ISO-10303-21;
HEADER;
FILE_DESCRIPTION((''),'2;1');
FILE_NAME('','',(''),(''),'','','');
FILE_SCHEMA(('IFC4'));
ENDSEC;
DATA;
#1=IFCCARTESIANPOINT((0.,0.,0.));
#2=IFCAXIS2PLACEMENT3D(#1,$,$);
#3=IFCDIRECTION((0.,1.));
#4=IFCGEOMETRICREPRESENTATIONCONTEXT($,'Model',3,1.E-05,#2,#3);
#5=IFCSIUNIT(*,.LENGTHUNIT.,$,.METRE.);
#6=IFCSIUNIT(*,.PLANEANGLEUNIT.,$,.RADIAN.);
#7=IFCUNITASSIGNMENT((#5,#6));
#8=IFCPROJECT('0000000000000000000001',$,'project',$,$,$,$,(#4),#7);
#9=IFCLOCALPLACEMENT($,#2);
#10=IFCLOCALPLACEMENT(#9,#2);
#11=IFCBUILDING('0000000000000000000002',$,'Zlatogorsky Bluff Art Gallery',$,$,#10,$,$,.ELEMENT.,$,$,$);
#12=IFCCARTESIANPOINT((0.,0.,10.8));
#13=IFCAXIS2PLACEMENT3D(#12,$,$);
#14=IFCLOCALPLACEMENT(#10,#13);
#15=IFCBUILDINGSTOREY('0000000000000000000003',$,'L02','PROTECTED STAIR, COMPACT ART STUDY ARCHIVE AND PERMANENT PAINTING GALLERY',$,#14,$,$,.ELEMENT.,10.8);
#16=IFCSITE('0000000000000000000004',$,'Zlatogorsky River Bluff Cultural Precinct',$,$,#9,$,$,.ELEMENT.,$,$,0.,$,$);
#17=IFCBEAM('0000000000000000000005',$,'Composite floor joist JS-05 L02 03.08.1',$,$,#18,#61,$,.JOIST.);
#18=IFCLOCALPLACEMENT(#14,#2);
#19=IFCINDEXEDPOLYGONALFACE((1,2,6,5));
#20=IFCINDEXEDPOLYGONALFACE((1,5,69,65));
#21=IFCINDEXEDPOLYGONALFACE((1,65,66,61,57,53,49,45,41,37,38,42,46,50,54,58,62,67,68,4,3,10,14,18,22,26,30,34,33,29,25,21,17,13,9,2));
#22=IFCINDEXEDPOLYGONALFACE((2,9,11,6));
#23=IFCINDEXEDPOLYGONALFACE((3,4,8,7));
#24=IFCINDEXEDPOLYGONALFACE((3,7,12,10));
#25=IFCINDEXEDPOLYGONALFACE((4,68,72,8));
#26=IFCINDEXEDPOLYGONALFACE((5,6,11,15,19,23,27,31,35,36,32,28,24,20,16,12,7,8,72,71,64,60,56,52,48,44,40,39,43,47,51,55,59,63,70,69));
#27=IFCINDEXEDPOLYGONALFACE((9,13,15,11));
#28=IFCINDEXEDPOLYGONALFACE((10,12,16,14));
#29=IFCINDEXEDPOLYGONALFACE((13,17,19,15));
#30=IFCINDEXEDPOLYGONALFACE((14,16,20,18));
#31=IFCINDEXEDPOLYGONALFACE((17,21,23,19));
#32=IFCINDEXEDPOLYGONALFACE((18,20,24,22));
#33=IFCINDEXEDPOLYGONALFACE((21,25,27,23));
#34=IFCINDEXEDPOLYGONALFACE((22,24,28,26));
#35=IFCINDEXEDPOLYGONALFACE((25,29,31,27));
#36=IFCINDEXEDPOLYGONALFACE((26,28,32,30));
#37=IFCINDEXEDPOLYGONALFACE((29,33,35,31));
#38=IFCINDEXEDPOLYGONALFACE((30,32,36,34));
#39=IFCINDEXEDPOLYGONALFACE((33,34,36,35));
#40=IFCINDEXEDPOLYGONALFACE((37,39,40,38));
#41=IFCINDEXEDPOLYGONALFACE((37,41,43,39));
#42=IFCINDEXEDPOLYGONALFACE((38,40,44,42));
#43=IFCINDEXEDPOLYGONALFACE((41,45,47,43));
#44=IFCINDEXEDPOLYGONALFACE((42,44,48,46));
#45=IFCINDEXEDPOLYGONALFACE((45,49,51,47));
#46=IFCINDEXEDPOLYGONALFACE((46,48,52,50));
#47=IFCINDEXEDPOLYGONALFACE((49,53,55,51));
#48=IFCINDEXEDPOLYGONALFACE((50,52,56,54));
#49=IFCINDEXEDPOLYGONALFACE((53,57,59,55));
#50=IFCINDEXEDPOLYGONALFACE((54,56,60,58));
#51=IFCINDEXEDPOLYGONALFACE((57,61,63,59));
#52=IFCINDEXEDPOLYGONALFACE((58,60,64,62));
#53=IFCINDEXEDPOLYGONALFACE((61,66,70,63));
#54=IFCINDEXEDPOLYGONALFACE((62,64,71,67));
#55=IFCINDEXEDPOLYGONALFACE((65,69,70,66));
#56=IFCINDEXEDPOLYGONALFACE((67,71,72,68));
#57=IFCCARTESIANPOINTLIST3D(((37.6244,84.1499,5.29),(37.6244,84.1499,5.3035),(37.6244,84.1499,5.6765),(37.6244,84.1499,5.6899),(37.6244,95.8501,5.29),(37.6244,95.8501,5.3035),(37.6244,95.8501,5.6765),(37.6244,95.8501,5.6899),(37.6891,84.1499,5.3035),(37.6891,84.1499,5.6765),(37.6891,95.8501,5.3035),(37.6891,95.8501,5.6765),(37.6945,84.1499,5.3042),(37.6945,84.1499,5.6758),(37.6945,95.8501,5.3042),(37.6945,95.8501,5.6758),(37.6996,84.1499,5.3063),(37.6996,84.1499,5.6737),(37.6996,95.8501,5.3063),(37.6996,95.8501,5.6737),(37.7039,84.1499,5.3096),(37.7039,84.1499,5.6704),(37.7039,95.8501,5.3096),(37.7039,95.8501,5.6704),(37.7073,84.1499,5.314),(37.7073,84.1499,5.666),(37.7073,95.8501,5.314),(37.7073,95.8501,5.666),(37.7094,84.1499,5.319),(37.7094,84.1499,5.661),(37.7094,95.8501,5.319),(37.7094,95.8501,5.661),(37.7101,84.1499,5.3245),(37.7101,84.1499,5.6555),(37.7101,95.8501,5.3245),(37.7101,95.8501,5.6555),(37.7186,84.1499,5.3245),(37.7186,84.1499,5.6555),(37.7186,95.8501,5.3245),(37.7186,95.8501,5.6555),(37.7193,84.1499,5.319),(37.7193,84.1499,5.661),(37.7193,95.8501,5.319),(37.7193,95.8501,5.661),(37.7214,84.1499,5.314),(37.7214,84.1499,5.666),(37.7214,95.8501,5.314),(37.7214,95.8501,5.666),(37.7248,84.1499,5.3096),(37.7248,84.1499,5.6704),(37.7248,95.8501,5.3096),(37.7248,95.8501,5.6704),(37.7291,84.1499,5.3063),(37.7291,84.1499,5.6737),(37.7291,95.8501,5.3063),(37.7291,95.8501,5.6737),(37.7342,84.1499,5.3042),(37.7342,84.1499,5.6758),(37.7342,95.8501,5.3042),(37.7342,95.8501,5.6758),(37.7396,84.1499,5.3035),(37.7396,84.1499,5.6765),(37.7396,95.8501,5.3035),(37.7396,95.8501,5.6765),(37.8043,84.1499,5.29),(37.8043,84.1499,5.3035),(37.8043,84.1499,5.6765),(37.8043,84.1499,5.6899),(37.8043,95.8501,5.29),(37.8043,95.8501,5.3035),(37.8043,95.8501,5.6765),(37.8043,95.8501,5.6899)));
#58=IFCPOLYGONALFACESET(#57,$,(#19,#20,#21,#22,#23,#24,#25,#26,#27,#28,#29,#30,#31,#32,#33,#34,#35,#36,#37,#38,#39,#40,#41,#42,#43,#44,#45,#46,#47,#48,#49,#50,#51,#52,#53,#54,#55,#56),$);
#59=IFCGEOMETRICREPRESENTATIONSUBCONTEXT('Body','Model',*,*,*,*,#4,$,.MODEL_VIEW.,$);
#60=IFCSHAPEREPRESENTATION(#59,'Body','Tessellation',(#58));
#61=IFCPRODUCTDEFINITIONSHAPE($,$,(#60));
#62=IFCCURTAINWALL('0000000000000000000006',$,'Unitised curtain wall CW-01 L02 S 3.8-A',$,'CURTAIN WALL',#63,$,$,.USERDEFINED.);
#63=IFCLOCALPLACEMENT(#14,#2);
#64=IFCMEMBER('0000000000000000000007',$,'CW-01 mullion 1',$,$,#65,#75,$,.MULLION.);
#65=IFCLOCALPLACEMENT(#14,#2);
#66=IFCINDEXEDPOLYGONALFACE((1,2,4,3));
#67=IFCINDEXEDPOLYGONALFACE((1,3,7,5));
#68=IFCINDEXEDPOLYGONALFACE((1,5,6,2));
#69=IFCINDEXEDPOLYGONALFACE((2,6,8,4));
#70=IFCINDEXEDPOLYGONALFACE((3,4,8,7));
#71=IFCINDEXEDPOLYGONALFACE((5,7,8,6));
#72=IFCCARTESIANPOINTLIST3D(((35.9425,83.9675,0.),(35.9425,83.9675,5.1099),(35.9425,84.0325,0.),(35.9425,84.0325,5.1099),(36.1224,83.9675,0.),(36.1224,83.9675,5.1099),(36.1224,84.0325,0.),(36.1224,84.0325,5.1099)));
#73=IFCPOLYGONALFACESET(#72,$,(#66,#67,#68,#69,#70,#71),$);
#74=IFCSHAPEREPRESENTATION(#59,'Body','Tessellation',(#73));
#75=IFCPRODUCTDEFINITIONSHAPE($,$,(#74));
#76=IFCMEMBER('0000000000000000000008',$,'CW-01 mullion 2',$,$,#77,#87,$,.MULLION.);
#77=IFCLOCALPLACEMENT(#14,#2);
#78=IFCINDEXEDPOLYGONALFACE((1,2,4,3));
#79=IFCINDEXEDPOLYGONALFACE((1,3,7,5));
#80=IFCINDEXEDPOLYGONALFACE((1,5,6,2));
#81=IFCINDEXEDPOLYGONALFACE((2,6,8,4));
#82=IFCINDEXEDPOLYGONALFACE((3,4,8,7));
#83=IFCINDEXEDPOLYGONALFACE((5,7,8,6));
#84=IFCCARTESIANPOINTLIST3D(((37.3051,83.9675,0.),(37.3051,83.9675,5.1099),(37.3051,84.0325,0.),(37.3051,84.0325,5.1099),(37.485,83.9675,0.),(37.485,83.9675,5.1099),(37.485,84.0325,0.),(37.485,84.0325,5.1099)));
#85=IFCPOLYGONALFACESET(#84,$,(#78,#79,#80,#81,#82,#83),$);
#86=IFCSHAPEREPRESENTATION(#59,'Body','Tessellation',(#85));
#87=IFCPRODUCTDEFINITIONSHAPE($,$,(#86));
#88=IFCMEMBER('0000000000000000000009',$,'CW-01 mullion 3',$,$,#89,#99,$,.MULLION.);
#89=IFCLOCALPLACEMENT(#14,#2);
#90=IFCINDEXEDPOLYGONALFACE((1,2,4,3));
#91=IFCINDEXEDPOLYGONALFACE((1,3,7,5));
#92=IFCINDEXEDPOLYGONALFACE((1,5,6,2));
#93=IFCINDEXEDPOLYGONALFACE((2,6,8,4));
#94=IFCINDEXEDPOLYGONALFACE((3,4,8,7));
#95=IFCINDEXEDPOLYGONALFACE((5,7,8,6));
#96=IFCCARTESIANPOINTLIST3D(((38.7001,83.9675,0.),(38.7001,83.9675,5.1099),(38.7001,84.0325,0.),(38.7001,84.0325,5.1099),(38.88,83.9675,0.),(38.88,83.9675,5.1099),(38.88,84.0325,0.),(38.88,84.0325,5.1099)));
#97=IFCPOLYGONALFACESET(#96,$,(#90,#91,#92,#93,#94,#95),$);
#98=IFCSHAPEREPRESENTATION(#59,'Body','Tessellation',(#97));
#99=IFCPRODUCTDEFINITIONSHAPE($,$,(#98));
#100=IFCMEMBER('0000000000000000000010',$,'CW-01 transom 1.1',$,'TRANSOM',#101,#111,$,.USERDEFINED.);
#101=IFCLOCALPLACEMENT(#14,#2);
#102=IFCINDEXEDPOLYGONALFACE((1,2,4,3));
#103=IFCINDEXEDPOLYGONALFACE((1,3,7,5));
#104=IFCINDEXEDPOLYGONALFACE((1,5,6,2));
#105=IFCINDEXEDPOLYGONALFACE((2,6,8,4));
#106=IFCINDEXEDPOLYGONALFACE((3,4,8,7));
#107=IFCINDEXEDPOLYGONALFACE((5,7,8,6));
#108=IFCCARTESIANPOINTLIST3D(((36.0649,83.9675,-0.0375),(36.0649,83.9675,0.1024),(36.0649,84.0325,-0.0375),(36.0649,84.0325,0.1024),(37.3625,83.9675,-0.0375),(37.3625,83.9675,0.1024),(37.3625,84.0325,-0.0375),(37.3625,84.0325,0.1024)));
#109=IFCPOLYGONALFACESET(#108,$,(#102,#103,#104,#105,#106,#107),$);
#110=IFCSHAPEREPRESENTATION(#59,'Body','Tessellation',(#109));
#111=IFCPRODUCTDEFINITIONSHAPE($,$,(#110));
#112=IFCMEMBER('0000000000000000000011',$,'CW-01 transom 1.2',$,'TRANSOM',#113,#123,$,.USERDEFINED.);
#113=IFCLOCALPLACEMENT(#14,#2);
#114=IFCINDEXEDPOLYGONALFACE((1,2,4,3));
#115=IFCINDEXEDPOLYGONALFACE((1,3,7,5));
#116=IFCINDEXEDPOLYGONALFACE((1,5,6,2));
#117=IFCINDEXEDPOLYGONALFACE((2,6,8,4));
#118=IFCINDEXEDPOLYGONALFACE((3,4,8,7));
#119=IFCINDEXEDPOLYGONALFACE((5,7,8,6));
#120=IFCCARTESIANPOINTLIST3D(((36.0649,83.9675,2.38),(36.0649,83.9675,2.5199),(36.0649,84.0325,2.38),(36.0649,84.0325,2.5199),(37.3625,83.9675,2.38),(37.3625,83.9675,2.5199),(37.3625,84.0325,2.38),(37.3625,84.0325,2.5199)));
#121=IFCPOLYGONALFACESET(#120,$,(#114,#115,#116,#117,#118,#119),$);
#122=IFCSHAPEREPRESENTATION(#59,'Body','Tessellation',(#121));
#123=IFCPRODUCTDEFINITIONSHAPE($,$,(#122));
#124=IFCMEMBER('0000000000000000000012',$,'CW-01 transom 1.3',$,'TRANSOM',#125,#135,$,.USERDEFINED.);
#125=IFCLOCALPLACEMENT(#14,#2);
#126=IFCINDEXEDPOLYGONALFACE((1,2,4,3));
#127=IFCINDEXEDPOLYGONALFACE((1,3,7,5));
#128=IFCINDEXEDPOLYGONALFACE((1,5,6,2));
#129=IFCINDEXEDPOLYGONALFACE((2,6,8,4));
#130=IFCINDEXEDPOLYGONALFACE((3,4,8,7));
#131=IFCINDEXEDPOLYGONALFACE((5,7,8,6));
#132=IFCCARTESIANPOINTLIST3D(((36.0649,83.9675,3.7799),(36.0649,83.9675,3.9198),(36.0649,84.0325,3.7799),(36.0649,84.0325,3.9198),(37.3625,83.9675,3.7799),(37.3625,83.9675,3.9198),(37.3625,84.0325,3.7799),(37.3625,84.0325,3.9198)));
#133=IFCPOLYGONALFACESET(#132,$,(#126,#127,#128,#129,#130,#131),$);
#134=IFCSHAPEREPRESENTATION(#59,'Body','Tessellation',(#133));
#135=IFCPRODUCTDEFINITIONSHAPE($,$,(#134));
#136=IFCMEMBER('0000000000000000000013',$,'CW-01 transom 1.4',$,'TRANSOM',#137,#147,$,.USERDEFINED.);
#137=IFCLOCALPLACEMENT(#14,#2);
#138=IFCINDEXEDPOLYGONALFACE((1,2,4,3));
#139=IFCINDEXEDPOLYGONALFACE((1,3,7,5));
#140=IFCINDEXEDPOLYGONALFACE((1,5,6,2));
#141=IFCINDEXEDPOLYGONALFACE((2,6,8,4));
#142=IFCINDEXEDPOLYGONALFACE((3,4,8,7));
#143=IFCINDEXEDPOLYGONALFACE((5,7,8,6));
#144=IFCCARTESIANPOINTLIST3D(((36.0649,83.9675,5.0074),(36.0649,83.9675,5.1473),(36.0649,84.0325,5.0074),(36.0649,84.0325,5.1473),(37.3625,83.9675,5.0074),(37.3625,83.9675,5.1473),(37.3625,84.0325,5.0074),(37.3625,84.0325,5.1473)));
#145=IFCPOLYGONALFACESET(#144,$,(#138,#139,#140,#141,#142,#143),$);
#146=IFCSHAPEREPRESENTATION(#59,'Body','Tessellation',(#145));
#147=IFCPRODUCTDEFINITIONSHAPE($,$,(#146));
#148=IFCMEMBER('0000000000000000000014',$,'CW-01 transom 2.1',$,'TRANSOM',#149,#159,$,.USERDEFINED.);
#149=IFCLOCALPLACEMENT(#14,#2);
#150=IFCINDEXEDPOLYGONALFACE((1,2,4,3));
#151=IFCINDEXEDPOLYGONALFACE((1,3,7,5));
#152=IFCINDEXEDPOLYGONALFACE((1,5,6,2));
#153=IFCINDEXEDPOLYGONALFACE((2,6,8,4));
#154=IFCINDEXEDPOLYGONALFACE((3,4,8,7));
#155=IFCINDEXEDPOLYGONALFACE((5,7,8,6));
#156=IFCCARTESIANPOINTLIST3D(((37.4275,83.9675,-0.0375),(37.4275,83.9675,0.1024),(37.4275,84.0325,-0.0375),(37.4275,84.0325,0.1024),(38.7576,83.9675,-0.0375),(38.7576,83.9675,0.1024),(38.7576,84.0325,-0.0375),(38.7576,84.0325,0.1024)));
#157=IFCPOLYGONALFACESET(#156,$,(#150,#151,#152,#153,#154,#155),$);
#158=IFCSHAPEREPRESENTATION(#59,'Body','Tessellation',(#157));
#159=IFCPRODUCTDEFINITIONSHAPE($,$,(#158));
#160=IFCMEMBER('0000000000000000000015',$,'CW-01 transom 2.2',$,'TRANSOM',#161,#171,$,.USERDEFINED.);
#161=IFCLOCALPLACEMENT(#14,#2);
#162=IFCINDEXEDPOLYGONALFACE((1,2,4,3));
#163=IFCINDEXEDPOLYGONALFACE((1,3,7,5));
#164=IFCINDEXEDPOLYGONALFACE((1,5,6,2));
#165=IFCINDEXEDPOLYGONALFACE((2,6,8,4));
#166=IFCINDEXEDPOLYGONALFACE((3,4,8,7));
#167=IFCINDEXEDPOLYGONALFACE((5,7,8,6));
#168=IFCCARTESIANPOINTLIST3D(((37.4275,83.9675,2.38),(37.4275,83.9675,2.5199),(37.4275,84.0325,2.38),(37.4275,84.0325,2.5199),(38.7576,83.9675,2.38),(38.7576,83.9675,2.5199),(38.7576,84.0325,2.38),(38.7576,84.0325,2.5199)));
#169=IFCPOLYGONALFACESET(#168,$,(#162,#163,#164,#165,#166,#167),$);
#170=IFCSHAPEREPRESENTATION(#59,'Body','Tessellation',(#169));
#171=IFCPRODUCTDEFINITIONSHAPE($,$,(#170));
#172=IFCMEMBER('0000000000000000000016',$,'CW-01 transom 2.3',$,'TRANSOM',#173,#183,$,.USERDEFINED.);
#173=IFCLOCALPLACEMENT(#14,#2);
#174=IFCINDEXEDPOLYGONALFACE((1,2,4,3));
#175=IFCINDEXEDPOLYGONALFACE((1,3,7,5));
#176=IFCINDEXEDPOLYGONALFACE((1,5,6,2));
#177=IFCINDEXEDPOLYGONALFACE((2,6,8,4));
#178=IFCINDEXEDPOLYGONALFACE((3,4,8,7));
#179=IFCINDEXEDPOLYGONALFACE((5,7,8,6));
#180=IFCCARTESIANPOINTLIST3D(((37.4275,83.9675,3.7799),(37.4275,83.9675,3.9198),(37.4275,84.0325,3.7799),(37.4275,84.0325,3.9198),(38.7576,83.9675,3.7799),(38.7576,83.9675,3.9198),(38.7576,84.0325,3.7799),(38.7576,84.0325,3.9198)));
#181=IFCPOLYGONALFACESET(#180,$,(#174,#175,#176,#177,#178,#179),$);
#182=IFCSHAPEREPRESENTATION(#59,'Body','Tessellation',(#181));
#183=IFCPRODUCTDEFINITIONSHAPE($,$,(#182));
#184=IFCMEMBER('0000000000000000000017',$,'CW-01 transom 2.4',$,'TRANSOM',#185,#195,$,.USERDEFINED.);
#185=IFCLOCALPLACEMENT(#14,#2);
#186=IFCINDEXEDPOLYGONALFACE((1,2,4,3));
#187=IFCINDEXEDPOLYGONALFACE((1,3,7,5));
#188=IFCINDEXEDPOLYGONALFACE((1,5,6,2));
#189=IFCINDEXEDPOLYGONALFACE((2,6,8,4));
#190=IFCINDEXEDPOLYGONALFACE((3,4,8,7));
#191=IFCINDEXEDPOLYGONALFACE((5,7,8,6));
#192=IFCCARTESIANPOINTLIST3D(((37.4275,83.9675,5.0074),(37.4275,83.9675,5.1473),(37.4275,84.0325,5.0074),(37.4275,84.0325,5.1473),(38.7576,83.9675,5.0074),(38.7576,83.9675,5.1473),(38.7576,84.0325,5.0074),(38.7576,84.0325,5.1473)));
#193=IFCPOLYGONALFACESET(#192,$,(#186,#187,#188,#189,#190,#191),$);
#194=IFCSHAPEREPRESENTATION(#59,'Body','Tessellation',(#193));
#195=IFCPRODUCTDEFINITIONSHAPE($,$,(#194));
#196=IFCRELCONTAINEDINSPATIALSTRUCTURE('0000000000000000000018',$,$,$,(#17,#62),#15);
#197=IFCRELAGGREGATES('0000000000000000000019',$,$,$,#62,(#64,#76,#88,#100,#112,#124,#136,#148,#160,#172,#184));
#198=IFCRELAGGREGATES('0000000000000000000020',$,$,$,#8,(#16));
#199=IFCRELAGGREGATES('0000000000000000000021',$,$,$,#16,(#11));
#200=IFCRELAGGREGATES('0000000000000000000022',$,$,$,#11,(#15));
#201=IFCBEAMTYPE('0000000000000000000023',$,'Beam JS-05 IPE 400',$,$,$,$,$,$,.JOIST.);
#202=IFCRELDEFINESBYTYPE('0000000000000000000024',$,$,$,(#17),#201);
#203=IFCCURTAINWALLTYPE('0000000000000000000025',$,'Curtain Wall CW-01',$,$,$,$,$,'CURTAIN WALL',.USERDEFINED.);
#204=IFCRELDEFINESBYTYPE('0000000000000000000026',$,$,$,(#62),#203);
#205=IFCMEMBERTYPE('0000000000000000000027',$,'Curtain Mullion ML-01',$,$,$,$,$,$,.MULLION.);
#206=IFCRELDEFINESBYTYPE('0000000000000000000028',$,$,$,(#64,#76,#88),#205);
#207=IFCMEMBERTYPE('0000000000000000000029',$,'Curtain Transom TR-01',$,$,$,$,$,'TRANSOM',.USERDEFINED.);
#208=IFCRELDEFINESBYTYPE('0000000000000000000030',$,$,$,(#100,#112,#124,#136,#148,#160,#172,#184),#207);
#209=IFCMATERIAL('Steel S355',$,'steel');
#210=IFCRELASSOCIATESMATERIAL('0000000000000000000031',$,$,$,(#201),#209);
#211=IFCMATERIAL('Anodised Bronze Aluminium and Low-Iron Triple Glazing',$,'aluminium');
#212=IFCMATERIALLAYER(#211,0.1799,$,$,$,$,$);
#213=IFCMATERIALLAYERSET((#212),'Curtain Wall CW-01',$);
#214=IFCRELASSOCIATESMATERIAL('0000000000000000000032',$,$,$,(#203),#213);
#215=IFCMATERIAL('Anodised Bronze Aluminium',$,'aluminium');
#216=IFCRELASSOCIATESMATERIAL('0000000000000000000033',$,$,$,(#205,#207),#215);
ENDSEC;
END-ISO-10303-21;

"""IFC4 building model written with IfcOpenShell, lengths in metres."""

from ifc_helpers import new_model, si_unit, direction, frame, origin, origin_2d, place, context, subcontext, project, spatial, rectangle, i_section, extrude, material, layer, layer_set, material_profile, profile_set, type_object, element, aggregate, save


model = new_model("IFC4")

# Units and contexts
model_context = context("Model", 3, precision=1e-05, world=origin(), true_north=direction((0.0, 1.0)))
body_context = subcontext(model_context, "Body", "Model", "MODEL_VIEW")
ifc_project = project(units=[si_unit("LENGTHUNIT", "METRE"), si_unit("PLANEANGLEUNIT", "RADIAN")], contexts=[model_context])

# Site, building, storey
site_placement = place(None, origin())
site = spatial("IfcSite", under=ifc_project, at=site_placement, Name="Zlatogorsky River Bluff Cultural Precinct", CompositionType="ELEMENT", RefElevation=0.0)
building_placement = place(site_placement, origin())
building = spatial("IfcBuilding", under=site, at=building_placement, Name="Zlatogorsky Bluff Art Gallery", CompositionType="ELEMENT")
storey_placement = place(building_placement, frame((0.0, 0.0, 10.8)))
storey = spatial("IfcBuildingStorey", under=building, at=storey_placement, Name="L02", Description="PROTECTED STAIR, COMPACT ART STUDY ARCHIVE AND PERMANENT PAINTING GALLERY", CompositionType="ELEMENT", Elevation=10.8)

# Beam
ifc_material_1 = material(Name="Steel S355", Category="steel")
ifc_material_profile_1 = material_profile(ifc_material_1, i_section(OverallWidth=0.1799, OverallDepth=0.3999, WebThickness=0.0085, FlangeThickness=0.0134, FilletRadius=0.021, at=origin_2d()), Name="IPE 400")
ifc_profile_set_1 = profile_set([ifc_material_profile_1], Name="Steel S355")
beam_type = type_object("IfcBeamType", Name="Beam JS-05 IPE 400", PredefinedType="JOIST", material=ifc_profile_set_1)
beam_placement = place(storey_placement, frame((37.7144, 84.1499, 5.49), z_axis=(0.0, 1.0, 0.0), x_axis=(-1.0, 0.0, 0.0)))
element("IfcBeam", 1, at=beam_placement, inside=storey, type_object=beam_type, Name="Composite floor joist JS-05 L02 03.08.1", PredefinedType="JOIST", context=body_context, shape_type="SweptSolid", body=[
    extrude(i_section(OverallWidth=0.1799, OverallDepth=0.3999, WebThickness=0.0085, FlangeThickness=0.0134, FilletRadius=0.021, at=origin_2d()), origin(), (0.0, 0.0, 1.0), 11.7002),
])

# Curtain wall, members
ifc_material_2 = material(Name="Anodised Bronze Aluminium and Low-Iron Triple Glazing", Category="aluminium")
ifc_layer_1 = layer(ifc_material_2, 0.1799)
ifc_layer_set_1 = layer_set([ifc_layer_1], Name="Curtain Wall CW-01")
curtain_wall_type = type_object("IfcCurtainWallType", Name="Curtain Wall CW-01", ElementType="CURTAIN WALL", PredefinedType="USERDEFINED", material=ifc_layer_set_1)
curtain_wall_placement = place(storey_placement, origin())
curtain_wall = element("IfcCurtainWall", 2, at=curtain_wall_placement, inside=storey, type_object=curtain_wall_type, Name="Unitised curtain wall CW-01 L02 S 3.8-A", ObjectType="CURTAIN WALL", PredefinedType="USERDEFINED")
ifc_material_3 = material(Name="Anodised Bronze Aluminium", Category="aluminium")
ifc_material_profile_2 = material_profile(ifc_material_3, rectangle(XDim=0.0649, YDim=0.1799, at=origin_2d()), Name="ALU MULLION 65x180")
ifc_profile_set_2 = profile_set([ifc_material_profile_2], Name="Anodised Bronze Aluminium")
member_type_1 = type_object("IfcMemberType", Name="Curtain Mullion ML-01", PredefinedType="MULLION", material=ifc_profile_set_2)
member_1_placement = place(storey_placement, frame((36.0325, 84.0, 0.0), z_axis=(0.0, 0.0, 1.0), x_axis=(0.0, 1.0, 0.0)))
member_1 = element("IfcMember", 3, at=member_1_placement, type_object=member_type_1, Name="CW-01 mullion 1", PredefinedType="MULLION", context=body_context, shape_type="SweptSolid", body=[
    extrude(rectangle(XDim=0.0649, YDim=0.1799, at=origin_2d()), origin(), (0.0, 0.0, 1.0), 5.1099),
])
member_2_placement = place(storey_placement, frame((37.395, 84.0, 0.0), z_axis=(0.0, 0.0, 1.0), x_axis=(0.0, 1.0, 0.0)))
member_2 = element("IfcMember", 4, at=member_2_placement, type_object=member_type_1, Name="CW-01 mullion 2", PredefinedType="MULLION", context=body_context, shape_type="SweptSolid", body=[
    extrude(rectangle(XDim=0.0649, YDim=0.1799, at=origin_2d()), origin(), (0.0, 0.0, 1.0), 5.1099),
])
member_3_placement = place(storey_placement, frame((38.79, 84.0, 0.0), z_axis=(0.0, 0.0, 1.0), x_axis=(0.0, 1.0, 0.0)))
member_3 = element("IfcMember", 5, at=member_3_placement, type_object=member_type_1, Name="CW-01 mullion 3", PredefinedType="MULLION", context=body_context, shape_type="SweptSolid", body=[
    extrude(rectangle(XDim=0.0649, YDim=0.1799, at=origin_2d()), origin(), (0.0, 0.0, 1.0), 5.1099),
])
ifc_material_profile_3 = material_profile(ifc_material_3, rectangle(XDim=0.0649, YDim=0.1399, at=origin_2d()), Name="ALU TRANSOM 65x140")
ifc_profile_set_3 = profile_set([ifc_material_profile_3], Name="Anodised Bronze Aluminium")
member_type_2 = type_object("IfcMemberType", Name="Curtain Transom TR-01", ElementType="TRANSOM", PredefinedType="USERDEFINED", material=ifc_profile_set_3)
member_4_placement = place(storey_placement, frame((36.0649, 84.0, 0.0325), z_axis=(1.0, 0.0, 0.0), x_axis=(0.0, 1.0, 0.0)))
member_4 = element("IfcMember", 6, at=member_4_placement, type_object=member_type_2, Name="CW-01 transom 1.1", ObjectType="TRANSOM", PredefinedType="USERDEFINED", context=body_context, shape_type="SweptSolid", body=[
    extrude(rectangle(XDim=0.0649, YDim=0.1399, at=origin_2d()), origin(), (0.0, 0.0, 1.0), 1.2976),
])
member_5_placement = place(storey_placement, frame((36.0649, 84.0, 2.45), z_axis=(1.0, 0.0, 0.0), x_axis=(0.0, 1.0, 0.0)))
member_5 = element("IfcMember", 7, at=member_5_placement, type_object=member_type_2, Name="CW-01 transom 1.2", ObjectType="TRANSOM", PredefinedType="USERDEFINED", context=body_context, shape_type="SweptSolid", body=[
    extrude(rectangle(XDim=0.0649, YDim=0.1399, at=origin_2d()), origin(), (0.0, 0.0, 1.0), 1.2976),
])
member_6_placement = place(storey_placement, frame((36.0649, 84.0, 3.8499), z_axis=(1.0, 0.0, 0.0), x_axis=(0.0, 1.0, 0.0)))
member_6 = element("IfcMember", 8, at=member_6_placement, type_object=member_type_2, Name="CW-01 transom 1.3", ObjectType="TRANSOM", PredefinedType="USERDEFINED", context=body_context, shape_type="SweptSolid", body=[
    extrude(rectangle(XDim=0.0649, YDim=0.1399, at=origin_2d()), origin(), (0.0, 0.0, 1.0), 1.2976),
])
member_7_placement = place(storey_placement, frame((36.0649, 84.0, 5.0774), z_axis=(1.0, 0.0, 0.0), x_axis=(0.0, 1.0, 0.0)))
member_7 = element("IfcMember", 9, at=member_7_placement, type_object=member_type_2, Name="CW-01 transom 1.4", ObjectType="TRANSOM", PredefinedType="USERDEFINED", context=body_context, shape_type="SweptSolid", body=[
    extrude(rectangle(XDim=0.0649, YDim=0.1399, at=origin_2d()), origin(), (0.0, 0.0, 1.0), 1.2976),
])
member_8_placement = place(storey_placement, frame((37.4275, 84.0, 0.0325), z_axis=(1.0, 0.0, 0.0), x_axis=(0.0, 1.0, 0.0)))
member_8 = element("IfcMember", 10, at=member_8_placement, type_object=member_type_2, Name="CW-01 transom 2.1", ObjectType="TRANSOM", PredefinedType="USERDEFINED", context=body_context, shape_type="SweptSolid", body=[
    extrude(rectangle(XDim=0.0649, YDim=0.1399, at=origin_2d()), origin(), (0.0, 0.0, 1.0), 1.3301),
])
member_9_placement = place(storey_placement, frame((37.4275, 84.0, 2.45), z_axis=(1.0, 0.0, 0.0), x_axis=(0.0, 1.0, 0.0)))
member_9 = element("IfcMember", 11, at=member_9_placement, type_object=member_type_2, Name="CW-01 transom 2.2", ObjectType="TRANSOM", PredefinedType="USERDEFINED", context=body_context, shape_type="SweptSolid", body=[
    extrude(rectangle(XDim=0.0649, YDim=0.1399, at=origin_2d()), origin(), (0.0, 0.0, 1.0), 1.3301),
])
member_10_placement = place(storey_placement, frame((37.4275, 84.0, 3.8499), z_axis=(1.0, 0.0, 0.0), x_axis=(0.0, 1.0, 0.0)))
member_10 = element("IfcMember", 12, at=member_10_placement, type_object=member_type_2, Name="CW-01 transom 2.3", ObjectType="TRANSOM", PredefinedType="USERDEFINED", context=body_context, shape_type="SweptSolid", body=[
    extrude(rectangle(XDim=0.0649, YDim=0.1399, at=origin_2d()), origin(), (0.0, 0.0, 1.0), 1.3301),
])
member_11_placement = place(storey_placement, frame((37.4275, 84.0, 5.0774), z_axis=(1.0, 0.0, 0.0), x_axis=(0.0, 1.0, 0.0)))
member_11 = element("IfcMember", 13, at=member_11_placement, type_object=member_type_2, Name="CW-01 transom 2.4", ObjectType="TRANSOM", PredefinedType="USERDEFINED", context=body_context, shape_type="SweptSolid", body=[
    extrude(rectangle(XDim=0.0649, YDim=0.1399, at=origin_2d()), origin(), (0.0, 0.0, 1.0), 1.3301),
])
aggregate(curtain_wall, [member_1, member_2, member_3, member_4, member_5, member_6, member_7, member_8, member_9, member_10, member_11])

save(model, "model.ifc")
